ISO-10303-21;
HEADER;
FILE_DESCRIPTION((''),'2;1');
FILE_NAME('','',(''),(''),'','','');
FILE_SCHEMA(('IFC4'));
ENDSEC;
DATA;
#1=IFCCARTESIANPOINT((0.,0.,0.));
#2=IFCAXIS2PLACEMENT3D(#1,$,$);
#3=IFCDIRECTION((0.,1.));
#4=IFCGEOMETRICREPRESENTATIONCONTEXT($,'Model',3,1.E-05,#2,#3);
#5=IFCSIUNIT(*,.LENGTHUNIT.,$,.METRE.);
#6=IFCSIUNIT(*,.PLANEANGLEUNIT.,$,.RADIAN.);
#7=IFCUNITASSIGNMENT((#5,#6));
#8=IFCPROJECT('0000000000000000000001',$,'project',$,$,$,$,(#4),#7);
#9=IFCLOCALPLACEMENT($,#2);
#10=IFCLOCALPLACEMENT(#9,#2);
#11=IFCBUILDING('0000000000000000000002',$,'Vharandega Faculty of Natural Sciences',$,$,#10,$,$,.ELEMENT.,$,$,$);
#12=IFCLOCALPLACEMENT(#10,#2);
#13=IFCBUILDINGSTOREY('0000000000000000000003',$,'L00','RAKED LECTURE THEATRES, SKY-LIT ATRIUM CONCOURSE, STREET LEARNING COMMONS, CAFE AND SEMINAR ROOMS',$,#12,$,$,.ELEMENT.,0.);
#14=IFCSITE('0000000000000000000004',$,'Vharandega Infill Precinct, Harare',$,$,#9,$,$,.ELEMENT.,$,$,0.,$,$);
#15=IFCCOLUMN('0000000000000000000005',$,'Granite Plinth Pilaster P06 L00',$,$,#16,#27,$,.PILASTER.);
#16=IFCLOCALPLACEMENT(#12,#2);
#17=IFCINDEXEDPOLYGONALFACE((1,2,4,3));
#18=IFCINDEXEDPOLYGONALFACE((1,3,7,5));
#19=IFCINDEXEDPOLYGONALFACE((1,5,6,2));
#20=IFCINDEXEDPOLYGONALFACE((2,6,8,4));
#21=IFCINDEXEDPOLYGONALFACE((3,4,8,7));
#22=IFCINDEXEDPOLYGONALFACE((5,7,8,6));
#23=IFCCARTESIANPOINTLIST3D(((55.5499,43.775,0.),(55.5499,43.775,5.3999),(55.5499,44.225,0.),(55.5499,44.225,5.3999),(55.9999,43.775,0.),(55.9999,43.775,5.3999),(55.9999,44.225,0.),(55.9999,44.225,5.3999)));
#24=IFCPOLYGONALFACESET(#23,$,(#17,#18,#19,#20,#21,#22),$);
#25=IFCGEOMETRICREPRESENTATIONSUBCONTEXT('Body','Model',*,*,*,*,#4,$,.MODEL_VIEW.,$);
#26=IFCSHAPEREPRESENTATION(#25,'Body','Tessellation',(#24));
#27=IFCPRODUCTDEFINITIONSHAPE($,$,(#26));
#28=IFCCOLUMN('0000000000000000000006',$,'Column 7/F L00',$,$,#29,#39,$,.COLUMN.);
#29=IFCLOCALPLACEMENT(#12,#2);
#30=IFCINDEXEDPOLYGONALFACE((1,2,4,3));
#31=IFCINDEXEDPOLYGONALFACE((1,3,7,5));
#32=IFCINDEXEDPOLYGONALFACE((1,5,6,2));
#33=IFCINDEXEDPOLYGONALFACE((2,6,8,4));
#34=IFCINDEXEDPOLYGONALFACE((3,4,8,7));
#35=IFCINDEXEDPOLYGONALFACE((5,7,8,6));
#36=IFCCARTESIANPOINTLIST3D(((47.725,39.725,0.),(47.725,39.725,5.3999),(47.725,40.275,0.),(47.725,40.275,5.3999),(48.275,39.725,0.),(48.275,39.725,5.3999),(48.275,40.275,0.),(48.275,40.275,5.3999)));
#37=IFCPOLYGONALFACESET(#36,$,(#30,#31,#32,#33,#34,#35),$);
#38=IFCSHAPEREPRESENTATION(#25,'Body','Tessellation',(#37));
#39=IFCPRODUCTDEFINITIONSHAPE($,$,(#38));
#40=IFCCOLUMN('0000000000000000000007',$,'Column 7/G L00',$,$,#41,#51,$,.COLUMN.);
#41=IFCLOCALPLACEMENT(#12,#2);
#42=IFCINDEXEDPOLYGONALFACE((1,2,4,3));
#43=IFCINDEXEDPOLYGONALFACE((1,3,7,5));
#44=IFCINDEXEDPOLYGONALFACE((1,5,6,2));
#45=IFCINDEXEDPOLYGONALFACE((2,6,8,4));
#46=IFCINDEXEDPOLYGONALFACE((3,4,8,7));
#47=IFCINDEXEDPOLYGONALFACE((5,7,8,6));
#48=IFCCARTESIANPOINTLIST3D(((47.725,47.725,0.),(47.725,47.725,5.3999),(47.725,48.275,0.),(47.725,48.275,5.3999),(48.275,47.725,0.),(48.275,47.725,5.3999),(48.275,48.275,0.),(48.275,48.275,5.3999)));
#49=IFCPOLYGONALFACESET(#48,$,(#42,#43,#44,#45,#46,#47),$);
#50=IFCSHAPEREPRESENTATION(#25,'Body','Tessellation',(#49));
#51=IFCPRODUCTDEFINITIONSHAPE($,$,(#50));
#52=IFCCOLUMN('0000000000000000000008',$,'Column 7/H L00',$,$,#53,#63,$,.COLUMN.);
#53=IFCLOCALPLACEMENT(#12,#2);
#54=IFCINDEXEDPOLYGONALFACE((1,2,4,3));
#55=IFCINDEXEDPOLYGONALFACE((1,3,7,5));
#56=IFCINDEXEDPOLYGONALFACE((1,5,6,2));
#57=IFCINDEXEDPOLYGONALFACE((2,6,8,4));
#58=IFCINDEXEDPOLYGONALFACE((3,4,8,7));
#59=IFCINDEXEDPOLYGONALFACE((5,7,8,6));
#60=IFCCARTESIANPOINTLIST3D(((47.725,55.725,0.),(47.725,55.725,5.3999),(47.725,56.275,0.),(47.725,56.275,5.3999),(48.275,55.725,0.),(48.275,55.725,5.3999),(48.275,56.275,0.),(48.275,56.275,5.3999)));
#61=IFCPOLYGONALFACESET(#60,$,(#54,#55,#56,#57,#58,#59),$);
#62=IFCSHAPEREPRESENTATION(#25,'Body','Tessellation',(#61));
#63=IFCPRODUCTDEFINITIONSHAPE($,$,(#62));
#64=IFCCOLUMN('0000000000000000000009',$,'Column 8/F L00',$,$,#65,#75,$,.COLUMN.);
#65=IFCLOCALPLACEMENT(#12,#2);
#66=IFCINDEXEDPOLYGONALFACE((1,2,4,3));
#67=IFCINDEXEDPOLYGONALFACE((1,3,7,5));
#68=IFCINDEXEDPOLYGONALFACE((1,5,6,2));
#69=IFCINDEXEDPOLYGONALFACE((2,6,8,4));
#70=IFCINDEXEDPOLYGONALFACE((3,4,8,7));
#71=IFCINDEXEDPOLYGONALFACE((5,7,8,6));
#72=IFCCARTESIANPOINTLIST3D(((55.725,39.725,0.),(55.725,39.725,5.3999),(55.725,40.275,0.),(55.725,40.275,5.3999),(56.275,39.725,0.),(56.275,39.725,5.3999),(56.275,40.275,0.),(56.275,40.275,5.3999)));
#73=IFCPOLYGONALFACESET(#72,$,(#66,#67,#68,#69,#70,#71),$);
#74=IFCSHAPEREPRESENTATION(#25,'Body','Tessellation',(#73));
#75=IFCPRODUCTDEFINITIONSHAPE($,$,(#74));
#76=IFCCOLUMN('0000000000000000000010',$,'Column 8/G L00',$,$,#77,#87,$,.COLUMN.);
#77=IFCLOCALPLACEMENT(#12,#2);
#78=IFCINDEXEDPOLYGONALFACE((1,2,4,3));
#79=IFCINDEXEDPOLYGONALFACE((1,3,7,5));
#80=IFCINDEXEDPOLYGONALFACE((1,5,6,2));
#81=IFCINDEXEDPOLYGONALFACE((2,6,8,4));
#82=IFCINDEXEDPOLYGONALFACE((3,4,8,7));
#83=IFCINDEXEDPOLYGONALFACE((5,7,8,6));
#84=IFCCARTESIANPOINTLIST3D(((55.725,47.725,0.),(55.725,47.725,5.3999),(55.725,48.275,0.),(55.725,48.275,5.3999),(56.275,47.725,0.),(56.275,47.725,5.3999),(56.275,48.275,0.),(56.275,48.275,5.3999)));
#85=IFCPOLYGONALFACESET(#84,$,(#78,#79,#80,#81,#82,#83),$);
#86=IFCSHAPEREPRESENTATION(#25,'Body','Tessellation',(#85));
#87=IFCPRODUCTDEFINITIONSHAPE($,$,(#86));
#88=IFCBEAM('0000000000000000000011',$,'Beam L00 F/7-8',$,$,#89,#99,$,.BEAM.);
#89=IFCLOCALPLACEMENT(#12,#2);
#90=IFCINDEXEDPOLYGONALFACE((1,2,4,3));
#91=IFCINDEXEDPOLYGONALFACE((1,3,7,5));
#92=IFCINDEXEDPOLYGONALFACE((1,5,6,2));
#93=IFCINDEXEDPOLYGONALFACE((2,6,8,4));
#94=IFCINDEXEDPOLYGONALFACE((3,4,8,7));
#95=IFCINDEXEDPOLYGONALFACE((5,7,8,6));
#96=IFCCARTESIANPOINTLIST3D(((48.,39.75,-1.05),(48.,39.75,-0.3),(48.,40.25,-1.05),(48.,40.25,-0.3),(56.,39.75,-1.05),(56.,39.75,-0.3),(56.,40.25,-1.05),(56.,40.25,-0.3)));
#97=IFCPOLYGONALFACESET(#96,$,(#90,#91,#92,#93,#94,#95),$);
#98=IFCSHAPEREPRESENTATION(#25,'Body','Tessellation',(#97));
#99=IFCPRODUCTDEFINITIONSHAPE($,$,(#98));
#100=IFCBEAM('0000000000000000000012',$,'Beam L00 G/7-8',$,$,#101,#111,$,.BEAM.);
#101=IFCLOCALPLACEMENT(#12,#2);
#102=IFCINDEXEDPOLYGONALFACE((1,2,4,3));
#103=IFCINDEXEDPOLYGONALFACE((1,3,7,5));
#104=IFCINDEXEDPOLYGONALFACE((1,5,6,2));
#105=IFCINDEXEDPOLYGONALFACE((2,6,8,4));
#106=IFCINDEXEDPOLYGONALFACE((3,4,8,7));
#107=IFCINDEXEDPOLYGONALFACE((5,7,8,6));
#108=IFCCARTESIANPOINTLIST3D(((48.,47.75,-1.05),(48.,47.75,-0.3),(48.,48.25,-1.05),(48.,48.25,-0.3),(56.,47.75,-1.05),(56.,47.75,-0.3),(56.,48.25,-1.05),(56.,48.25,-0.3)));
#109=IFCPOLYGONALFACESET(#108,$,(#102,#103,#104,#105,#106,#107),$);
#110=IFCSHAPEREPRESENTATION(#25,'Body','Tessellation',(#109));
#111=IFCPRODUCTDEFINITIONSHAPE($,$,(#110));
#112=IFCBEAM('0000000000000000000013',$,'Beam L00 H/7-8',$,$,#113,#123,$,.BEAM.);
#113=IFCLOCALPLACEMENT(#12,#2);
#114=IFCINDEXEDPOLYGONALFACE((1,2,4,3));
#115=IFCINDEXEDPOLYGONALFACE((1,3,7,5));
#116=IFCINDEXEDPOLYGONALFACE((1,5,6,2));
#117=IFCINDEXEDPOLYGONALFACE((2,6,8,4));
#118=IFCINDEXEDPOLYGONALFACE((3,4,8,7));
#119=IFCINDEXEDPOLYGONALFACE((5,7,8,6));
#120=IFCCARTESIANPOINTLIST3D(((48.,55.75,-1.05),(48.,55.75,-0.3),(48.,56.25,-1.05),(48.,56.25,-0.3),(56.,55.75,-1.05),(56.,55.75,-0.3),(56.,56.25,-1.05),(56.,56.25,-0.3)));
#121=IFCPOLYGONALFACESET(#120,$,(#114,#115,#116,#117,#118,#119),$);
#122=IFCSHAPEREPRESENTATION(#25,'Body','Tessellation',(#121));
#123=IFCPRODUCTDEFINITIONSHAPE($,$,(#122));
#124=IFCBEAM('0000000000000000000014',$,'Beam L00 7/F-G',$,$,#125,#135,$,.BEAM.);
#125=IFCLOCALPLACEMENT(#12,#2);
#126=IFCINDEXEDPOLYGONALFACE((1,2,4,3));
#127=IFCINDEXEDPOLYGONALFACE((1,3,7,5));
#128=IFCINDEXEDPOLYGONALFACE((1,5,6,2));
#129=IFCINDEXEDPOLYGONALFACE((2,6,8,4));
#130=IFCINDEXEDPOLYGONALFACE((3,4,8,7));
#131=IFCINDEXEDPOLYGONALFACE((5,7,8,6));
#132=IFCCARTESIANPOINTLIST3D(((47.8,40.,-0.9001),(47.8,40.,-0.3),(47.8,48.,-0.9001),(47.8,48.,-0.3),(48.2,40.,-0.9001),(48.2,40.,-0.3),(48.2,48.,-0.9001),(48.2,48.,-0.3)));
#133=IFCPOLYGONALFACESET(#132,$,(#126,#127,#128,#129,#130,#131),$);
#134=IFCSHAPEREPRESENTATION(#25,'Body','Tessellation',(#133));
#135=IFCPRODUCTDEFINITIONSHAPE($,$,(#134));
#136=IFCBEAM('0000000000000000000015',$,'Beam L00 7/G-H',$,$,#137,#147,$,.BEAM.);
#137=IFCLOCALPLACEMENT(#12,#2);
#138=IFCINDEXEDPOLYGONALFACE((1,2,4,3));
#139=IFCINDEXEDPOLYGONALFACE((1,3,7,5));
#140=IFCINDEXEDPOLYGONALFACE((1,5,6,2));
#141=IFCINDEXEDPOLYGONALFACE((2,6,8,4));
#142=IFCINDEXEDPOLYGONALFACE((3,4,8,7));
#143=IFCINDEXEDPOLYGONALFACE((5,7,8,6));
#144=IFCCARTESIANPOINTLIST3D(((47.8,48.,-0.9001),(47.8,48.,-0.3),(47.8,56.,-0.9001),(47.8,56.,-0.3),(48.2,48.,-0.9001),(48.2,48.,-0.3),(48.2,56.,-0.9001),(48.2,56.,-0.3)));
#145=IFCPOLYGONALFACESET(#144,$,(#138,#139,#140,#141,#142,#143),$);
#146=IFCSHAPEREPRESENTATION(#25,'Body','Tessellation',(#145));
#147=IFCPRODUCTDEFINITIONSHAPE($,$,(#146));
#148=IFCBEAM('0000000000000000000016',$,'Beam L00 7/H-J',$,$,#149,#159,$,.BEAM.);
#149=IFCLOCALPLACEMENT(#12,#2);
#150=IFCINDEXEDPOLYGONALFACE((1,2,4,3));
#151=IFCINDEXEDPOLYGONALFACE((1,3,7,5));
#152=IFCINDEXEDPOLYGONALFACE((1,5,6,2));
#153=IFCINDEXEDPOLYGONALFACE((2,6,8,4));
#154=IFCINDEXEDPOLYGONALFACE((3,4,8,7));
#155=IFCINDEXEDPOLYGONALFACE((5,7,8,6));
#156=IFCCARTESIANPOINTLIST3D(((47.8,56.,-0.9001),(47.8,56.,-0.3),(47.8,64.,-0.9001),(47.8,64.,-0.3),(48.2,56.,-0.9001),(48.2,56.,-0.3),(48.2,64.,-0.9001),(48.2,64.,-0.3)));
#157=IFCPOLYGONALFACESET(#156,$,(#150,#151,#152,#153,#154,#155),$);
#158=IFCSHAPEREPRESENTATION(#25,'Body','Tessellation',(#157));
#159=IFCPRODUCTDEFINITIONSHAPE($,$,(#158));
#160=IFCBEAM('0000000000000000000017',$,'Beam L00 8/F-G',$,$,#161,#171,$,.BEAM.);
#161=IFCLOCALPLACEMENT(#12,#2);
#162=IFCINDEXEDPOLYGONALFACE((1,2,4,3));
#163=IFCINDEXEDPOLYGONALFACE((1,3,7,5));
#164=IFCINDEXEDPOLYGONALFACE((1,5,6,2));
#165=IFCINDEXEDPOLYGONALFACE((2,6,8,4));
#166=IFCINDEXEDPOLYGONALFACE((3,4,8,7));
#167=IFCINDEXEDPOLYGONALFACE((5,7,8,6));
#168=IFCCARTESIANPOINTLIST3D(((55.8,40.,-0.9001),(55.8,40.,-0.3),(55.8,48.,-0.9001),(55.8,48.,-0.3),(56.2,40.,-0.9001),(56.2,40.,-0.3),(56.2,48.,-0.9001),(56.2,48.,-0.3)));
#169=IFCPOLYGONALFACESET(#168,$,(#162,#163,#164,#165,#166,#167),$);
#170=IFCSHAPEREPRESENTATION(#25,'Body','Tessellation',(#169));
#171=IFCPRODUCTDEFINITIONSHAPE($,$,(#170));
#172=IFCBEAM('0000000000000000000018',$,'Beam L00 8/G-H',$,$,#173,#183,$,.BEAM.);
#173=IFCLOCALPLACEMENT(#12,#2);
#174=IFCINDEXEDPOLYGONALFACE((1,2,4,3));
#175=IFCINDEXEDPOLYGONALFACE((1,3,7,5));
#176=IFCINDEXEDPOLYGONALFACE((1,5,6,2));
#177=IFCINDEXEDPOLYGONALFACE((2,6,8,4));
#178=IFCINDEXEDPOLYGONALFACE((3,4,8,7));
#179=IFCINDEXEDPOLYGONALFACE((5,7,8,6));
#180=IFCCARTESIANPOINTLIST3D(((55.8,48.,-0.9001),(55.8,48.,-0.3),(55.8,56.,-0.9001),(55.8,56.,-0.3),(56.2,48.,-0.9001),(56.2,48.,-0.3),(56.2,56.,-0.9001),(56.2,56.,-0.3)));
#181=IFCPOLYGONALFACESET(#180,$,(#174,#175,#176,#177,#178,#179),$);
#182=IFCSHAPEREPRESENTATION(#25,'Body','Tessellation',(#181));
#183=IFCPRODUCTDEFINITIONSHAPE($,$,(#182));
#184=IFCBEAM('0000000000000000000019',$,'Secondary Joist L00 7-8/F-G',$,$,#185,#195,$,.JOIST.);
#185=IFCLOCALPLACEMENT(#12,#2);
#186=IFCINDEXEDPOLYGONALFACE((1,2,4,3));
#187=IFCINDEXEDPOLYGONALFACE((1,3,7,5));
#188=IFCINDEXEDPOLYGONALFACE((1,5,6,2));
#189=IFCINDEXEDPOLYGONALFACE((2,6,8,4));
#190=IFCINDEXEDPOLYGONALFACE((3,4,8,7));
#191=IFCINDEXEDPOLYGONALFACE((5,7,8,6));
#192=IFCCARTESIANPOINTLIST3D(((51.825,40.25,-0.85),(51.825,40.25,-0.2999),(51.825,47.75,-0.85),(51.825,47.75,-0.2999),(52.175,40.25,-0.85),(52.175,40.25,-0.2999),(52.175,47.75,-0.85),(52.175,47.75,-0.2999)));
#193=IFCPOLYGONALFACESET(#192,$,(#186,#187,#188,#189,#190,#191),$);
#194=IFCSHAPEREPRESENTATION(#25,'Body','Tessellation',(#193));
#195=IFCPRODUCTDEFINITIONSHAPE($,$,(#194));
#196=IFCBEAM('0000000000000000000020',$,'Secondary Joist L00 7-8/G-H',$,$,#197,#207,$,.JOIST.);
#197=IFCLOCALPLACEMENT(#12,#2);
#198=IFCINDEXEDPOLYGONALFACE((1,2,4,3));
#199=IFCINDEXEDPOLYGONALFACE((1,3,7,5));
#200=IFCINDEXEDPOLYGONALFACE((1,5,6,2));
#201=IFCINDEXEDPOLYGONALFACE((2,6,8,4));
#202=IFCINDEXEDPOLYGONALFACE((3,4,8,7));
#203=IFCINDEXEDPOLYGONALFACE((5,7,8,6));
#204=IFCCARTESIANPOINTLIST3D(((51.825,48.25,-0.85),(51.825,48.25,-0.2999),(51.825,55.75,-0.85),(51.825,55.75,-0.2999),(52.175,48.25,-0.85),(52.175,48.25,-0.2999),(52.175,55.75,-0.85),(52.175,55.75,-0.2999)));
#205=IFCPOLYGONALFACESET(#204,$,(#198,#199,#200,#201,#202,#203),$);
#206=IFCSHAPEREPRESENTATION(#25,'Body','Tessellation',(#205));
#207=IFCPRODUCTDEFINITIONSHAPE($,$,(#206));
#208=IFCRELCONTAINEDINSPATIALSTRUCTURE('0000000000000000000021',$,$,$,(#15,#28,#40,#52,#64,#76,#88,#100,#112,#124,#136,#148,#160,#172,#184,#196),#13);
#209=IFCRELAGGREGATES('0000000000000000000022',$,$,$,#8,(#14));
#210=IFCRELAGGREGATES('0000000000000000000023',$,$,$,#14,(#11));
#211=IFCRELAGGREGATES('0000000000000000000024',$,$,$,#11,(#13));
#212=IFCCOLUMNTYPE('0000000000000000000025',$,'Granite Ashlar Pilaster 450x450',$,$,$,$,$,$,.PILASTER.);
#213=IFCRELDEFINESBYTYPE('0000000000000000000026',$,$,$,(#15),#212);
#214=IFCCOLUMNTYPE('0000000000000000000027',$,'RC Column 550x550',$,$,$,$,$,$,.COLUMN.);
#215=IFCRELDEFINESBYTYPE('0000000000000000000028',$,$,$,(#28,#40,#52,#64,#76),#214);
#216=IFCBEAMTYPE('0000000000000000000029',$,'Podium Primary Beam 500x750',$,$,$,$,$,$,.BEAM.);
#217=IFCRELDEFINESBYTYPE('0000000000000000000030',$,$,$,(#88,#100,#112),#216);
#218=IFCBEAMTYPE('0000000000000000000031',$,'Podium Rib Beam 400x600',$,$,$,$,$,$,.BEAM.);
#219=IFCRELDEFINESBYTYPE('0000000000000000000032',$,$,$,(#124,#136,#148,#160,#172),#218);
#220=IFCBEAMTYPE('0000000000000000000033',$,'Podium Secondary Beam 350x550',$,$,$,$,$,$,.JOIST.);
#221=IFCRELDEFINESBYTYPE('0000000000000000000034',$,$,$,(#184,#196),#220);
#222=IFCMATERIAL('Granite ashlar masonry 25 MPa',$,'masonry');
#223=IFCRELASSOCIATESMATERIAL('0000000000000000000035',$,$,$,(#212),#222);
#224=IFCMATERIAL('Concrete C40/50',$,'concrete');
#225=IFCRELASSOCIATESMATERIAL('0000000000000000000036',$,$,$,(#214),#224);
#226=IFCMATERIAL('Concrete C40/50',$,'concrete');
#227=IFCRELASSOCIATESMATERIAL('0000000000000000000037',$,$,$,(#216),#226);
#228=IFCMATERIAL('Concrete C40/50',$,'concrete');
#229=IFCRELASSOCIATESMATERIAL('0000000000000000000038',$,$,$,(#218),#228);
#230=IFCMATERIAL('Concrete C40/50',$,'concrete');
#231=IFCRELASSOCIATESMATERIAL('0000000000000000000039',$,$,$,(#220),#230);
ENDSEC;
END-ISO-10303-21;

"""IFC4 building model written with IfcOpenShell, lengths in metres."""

from ifc_helpers import new_model, si_unit, direction, frame, origin, origin_2d, place, context, subcontext, project, spatial, rectangle, extrude, material, material_profile, profile_set, type_object, element, save


model = new_model("IFC4")

# Units and contexts
model_context = context("Model", 3, precision=1e-05, world=origin(), true_north=direction((0.0, 1.0)))
body_context = subcontext(model_context, "Body", "Model", "MODEL_VIEW")
ifc_project = project(units=[si_unit("LENGTHUNIT", "METRE"), si_unit("PLANEANGLEUNIT", "RADIAN")], contexts=[model_context])

# Site, building, storey
site_placement = place(None, origin())
site = spatial("IfcSite", under=ifc_project, at=site_placement, Name="Vharandega Infill Precinct, Harare", CompositionType="ELEMENT", RefElevation=0.0)
building_placement = place(site_placement, origin())
building = spatial("IfcBuilding", under=site, at=building_placement, Name="Vharandega Faculty of Natural Sciences", CompositionType="ELEMENT")
storey_placement = place(building_placement, origin())
storey = spatial("IfcBuildingStorey", under=building, at=storey_placement, Name="L00", Description="RAKED LECTURE THEATRES, SKY-LIT ATRIUM CONCOURSE, STREET LEARNING COMMONS, CAFE AND SEMINAR ROOMS", CompositionType="ELEMENT", Elevation=0.0)

# Columns
ifc_material_1 = material(Name="Granite ashlar masonry 25 MPa", Category="masonry")
ifc_material_profile_1 = material_profile(ifc_material_1, rectangle(XDim=0.45, YDim=0.45, at=origin_2d()), Name="RECT 450X450")
ifc_profile_set_1 = profile_set([ifc_material_profile_1], Name="Granite ashlar masonry 25 MPa")
column_type_1 = type_object("IfcColumnType", Name="Granite Ashlar Pilaster 450x450", PredefinedType="PILASTER", material=ifc_profile_set_1)
column_placement = place(storey_placement, frame((55.7749, 44.0, 0.0), z_axis=(0.0, 0.0, 1.0), x_axis=(1.0, 0.0, 0.0)))
element("IfcColumn", 1, at=column_placement, inside=storey, type_object=column_type_1, Name="Granite Plinth Pilaster P06 L00", PredefinedType="PILASTER", context=body_context, shape_type="SweptSolid", body=[
    extrude(rectangle(XDim=0.45, YDim=0.45, at=origin_2d()), origin(), (0.0, 0.0, 1.0), 5.3999),
])
ifc_material_2 = material(Name="Concrete C40/50", Category="concrete")
ifc_material_profile_2 = material_profile(ifc_material_2, rectangle(XDim=0.55, YDim=0.55, at=origin_2d()), Name="RC 550x550")
ifc_profile_set_2 = profile_set([ifc_material_profile_2], Name="Concrete C40/50")
column_type_2 = type_object("IfcColumnType", Name="RC Column 550x550", PredefinedType="COLUMN", material=ifc_profile_set_2)
for number, where, z_axis, x_axis, name in (
    (2, (48.0, 40.0, 0.0), (0.0, 0.0, 1.0), (1.0, 0.0, 0.0), "Column 7/F L00"),
    (3, (48.0, 48.0, 0.0), (0.0, 0.0, 1.0), (1.0, 0.0, 0.0), "Column 7/G L00"),
    (4, (48.0, 56.0, 0.0), (0.0, 0.0, 1.0), (1.0, 0.0, 0.0), "Column 7/H L00"),
    (5, (56.0, 40.0, 0.0), (0.0, 0.0, 1.0), (1.0, 0.0, 0.0), "Column 8/F L00"),
    (6, (56.0, 48.0, 0.0), (0.0, 0.0, 1.0), (1.0, 0.0, 0.0), "Column 8/G L00"),
):
    element("IfcColumn", number, at=place(storey_placement, frame(where, z_axis=z_axis, x_axis=x_axis)), inside=storey, type_object=column_type_2, Name=name, PredefinedType="COLUMN", context=body_context, shape_type="SweptSolid", body=[
        extrude(rectangle(XDim=0.55, YDim=0.55, at=origin_2d()), origin(), (0.0, 0.0, 1.0), 5.3999),
    ])

# Beams
ifc_material_3 = material(Name="Concrete C40/50", Category="concrete")
ifc_material_profile_3 = material_profile(ifc_material_3, rectangle(XDim=0.5, YDim=0.75, at=origin_2d()), Name="RC 500x750")
ifc_profile_set_3 = profile_set([ifc_material_profile_3], Name="Concrete C40/50")
beam_type_1 = type_object("IfcBeamType", Name="Podium Primary Beam 500x750", PredefinedType="BEAM", material=ifc_profile_set_3)
for number, where, z_axis, x_axis, name in (
    (7, (48.0, 40.0, -0.675), (1.0, 0.0, 0.0), (0.0, 1.0, 0.0), "Beam L00 F/7-8"),
    (8, (48.0, 48.0, -0.675), (1.0, 0.0, 0.0), (0.0, 1.0, 0.0), "Beam L00 G/7-8"),
    (9, (48.0, 56.0, -0.675), (1.0, 0.0, 0.0), (0.0, 1.0, 0.0), "Beam L00 H/7-8"),
):
    element("IfcBeam", number, at=place(storey_placement, frame(where, z_axis=z_axis, x_axis=x_axis)), inside=storey, type_object=beam_type_1, Name=name, PredefinedType="BEAM", context=body_context, shape_type="SweptSolid", body=[
        extrude(rectangle(XDim=0.5, YDim=0.75, at=origin_2d()), origin(), (0.0, 0.0, 1.0), 8.0),
    ])
ifc_material_4 = material(Name="Concrete C40/50", Category="concrete")
ifc_material_profile_4 = material_profile(ifc_material_4, rectangle(XDim=0.3999, YDim=0.6001, at=origin_2d()), Name="RC 400x600")
ifc_profile_set_4 = profile_set([ifc_material_profile_4], Name="Concrete C40/50")
beam_type_2 = type_object("IfcBeamType", Name="Podium Rib Beam 400x600", PredefinedType="BEAM", material=ifc_profile_set_4)
for number, where, z_axis, x_axis, name in (
    (10, (48.0, 40.0, -0.6001), (0.0, 1.0, 0.0), (-1.0, 0.0, 0.0), "Beam L00 7/F-G"),
    (11, (48.0, 48.0, -0.6001), (0.0, 1.0, 0.0), (-1.0, 0.0, 0.0), "Beam L00 7/G-H"),
    (12, (48.0, 56.0, -0.6001), (0.0, 1.0, 0.0), (-1.0, 0.0, 0.0), "Beam L00 7/H-J"),
    (13, (56.0, 40.0, -0.6001), (0.0, 1.0, 0.0), (-1.0, 0.0, 0.0), "Beam L00 8/F-G"),
    (14, (56.0, 48.0, -0.6001), (0.0, 1.0, 0.0), (-1.0, 0.0, 0.0), "Beam L00 8/G-H"),
):
    element("IfcBeam", number, at=place(storey_placement, frame(where, z_axis=z_axis, x_axis=x_axis)), inside=storey, type_object=beam_type_2, Name=name, PredefinedType="BEAM", context=body_context, shape_type="SweptSolid", body=[
        extrude(rectangle(XDim=0.3999, YDim=0.6001, at=origin_2d()), origin(), (0.0, 0.0, 1.0), 8.0),
    ])
ifc_material_5 = material(Name="Concrete C40/50", Category="concrete")
ifc_material_profile_5 = material_profile(ifc_material_5, rectangle(XDim=0.3501, YDim=0.55, at=origin_2d()), Name="RC 350x550")
ifc_profile_set_5 = profile_set([ifc_material_profile_5], Name="Concrete C40/50")
beam_type_3 = type_object("IfcBeamType", Name="Podium Secondary Beam 350x550", PredefinedType="JOIST", material=ifc_profile_set_5)
for number, where, z_axis, x_axis, name in (
    (15, (52.0, 40.25, -0.575), (0.0, 1.0, 0.0), (-1.0, 0.0, 0.0), "Secondary Joist L00 7-8/F-G"),
    (16, (52.0, 48.25, -0.575), (0.0, 1.0, 0.0), (-1.0, 0.0, 0.0), "Secondary Joist L00 7-8/G-H"),
):
    element("IfcBeam", number, at=place(storey_placement, frame(where, z_axis=z_axis, x_axis=x_axis)), inside=storey, type_object=beam_type_3, Name=name, PredefinedType="JOIST", context=body_context, shape_type="SweptSolid", body=[
        extrude(rectangle(XDim=0.3501, YDim=0.55, at=origin_2d()), origin(), (0.0, 0.0, 1.0), 7.5),
    ])

save(model, "model.ifc")
